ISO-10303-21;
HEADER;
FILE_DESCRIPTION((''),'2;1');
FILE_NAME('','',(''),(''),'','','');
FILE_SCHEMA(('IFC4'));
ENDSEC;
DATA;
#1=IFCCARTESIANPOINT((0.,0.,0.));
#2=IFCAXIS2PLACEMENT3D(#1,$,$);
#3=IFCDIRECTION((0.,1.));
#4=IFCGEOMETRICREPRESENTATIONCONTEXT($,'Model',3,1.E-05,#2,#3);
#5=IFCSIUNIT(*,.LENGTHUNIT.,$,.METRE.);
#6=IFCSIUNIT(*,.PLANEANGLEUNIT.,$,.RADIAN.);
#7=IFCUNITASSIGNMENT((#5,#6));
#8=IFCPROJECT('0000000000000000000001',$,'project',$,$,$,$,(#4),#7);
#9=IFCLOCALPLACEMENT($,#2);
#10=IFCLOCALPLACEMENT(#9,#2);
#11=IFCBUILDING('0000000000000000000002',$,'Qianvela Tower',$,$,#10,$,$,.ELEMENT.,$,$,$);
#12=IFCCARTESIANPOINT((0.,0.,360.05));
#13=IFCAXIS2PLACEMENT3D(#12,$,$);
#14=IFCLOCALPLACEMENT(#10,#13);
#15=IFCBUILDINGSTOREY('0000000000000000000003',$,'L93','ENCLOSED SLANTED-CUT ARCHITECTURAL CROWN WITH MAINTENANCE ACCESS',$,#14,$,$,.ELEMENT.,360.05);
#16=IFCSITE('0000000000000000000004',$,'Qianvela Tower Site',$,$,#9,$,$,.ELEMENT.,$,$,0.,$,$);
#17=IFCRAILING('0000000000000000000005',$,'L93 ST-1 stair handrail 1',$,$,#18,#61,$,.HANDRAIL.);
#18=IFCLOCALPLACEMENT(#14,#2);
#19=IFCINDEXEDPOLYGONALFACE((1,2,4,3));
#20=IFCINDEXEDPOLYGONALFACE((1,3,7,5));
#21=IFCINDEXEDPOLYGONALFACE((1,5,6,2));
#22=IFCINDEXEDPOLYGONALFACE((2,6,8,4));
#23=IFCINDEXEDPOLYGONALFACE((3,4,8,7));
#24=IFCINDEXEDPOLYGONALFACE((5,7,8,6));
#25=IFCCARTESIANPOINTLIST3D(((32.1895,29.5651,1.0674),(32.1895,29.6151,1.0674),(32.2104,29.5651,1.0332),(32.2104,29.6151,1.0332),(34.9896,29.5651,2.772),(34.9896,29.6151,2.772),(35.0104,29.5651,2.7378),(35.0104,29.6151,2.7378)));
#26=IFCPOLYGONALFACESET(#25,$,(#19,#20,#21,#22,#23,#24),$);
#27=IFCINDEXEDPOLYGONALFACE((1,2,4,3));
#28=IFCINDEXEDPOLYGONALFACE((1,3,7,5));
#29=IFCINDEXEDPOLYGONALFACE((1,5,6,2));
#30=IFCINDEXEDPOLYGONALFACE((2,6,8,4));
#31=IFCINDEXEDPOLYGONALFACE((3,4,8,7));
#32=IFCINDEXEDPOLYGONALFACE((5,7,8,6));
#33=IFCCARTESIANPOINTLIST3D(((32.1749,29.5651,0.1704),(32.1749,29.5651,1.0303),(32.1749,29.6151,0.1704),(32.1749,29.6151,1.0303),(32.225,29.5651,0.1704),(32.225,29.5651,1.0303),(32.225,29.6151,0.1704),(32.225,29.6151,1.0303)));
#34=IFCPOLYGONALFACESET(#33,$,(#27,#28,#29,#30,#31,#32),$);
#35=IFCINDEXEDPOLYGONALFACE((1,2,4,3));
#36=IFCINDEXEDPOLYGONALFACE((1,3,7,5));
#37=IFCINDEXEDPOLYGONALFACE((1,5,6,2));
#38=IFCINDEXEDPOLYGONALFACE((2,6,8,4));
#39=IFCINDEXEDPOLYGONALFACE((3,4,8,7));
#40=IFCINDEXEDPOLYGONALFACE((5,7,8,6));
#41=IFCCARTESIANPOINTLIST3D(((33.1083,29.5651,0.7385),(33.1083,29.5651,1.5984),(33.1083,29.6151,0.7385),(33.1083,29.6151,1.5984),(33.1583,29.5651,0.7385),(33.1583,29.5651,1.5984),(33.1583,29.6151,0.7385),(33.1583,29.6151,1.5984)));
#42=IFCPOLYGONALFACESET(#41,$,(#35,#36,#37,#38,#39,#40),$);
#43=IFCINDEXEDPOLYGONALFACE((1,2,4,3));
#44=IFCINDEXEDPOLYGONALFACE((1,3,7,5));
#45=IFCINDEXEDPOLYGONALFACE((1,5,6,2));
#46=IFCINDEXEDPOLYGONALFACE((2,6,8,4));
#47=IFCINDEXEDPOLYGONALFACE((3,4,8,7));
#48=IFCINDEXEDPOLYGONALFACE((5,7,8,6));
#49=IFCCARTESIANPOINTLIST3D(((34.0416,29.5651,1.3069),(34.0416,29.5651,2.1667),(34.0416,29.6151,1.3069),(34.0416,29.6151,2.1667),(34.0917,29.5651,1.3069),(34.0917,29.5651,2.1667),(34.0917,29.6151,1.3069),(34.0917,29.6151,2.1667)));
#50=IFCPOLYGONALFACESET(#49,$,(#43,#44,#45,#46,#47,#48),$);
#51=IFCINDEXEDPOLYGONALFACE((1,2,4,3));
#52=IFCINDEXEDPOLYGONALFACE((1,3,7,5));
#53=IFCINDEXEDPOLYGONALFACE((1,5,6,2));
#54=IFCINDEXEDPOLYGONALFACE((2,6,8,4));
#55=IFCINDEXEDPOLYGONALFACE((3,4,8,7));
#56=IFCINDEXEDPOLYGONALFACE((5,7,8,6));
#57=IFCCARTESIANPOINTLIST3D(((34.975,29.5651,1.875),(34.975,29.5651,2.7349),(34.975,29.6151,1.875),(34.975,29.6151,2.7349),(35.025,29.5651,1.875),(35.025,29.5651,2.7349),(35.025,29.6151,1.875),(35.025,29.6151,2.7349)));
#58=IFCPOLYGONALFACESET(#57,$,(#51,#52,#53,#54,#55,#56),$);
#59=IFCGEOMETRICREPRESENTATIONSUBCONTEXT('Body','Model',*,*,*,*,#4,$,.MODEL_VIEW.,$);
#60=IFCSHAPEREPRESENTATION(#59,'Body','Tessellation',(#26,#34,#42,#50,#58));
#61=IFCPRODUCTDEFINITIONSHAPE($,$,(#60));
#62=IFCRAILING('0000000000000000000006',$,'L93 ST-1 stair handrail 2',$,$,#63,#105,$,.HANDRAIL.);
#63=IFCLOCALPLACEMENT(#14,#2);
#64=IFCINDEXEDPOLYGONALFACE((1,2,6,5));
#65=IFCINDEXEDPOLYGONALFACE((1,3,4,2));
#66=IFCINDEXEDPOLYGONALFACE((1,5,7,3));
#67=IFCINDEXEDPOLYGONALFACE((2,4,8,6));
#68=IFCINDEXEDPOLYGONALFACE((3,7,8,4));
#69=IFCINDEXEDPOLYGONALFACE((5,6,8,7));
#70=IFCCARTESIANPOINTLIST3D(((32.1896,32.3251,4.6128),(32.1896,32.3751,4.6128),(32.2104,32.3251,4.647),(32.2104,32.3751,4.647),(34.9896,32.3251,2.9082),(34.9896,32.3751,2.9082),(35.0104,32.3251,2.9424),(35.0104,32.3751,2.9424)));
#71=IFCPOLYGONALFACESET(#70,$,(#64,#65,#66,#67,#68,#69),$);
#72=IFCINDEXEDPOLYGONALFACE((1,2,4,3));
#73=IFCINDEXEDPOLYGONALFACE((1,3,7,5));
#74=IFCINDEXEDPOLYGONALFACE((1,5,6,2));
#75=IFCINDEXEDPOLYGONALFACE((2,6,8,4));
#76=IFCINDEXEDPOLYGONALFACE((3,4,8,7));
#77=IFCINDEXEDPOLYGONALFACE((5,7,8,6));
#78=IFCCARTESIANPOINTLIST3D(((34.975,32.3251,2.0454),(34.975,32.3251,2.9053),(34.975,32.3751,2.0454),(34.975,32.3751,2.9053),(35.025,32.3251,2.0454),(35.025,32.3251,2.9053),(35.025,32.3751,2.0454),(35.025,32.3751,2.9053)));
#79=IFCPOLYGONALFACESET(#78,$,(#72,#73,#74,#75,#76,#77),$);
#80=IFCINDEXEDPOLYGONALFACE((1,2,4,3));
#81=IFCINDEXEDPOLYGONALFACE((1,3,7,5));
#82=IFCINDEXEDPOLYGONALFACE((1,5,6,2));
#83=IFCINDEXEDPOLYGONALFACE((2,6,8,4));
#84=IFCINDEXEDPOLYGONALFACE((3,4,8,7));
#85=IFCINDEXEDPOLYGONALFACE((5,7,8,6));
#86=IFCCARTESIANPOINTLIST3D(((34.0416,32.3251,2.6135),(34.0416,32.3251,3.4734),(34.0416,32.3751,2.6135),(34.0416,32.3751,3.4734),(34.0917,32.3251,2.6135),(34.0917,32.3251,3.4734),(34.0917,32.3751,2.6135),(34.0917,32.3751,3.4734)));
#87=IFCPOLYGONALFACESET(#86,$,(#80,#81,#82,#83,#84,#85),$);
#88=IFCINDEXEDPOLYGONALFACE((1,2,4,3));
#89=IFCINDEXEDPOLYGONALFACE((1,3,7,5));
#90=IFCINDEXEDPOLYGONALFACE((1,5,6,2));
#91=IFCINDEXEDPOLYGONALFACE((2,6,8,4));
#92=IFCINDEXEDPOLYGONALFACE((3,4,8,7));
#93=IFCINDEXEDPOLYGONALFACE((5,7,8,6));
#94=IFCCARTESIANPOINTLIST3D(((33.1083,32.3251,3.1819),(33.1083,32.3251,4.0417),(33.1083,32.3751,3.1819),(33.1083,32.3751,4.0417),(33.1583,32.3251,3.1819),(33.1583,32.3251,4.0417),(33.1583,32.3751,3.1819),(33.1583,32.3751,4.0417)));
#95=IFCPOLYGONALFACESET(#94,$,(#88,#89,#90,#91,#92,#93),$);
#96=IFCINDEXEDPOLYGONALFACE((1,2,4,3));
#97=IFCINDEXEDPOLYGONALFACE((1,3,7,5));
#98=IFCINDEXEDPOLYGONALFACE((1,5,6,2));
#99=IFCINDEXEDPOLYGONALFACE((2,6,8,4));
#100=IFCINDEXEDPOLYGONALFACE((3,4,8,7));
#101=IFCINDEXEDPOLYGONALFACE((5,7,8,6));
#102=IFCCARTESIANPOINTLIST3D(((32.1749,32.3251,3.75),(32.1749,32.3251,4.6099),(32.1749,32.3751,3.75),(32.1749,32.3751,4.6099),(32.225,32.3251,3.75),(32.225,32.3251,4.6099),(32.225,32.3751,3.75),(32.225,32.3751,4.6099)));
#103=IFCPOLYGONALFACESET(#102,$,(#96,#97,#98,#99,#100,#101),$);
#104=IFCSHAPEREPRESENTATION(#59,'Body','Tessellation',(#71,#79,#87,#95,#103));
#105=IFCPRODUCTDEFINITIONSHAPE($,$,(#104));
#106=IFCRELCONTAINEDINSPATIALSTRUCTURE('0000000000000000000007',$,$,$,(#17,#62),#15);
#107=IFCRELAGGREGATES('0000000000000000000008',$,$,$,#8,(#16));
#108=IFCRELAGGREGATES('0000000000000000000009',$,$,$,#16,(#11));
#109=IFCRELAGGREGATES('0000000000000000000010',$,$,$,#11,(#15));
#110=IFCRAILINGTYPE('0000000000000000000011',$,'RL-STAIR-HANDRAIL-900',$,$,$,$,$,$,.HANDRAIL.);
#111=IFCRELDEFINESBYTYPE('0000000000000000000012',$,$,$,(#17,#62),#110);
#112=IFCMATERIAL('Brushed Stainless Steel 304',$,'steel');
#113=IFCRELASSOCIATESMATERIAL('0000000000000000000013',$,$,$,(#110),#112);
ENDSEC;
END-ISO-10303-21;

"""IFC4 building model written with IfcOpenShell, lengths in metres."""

from ifc_helpers import new_model, si_unit, direction, frame, origin, origin_2d, place, context, subcontext, project, spatial, rectangle, extrude, material, type_object, element, save


model = new_model("IFC4")

# Units and contexts
model_context = context("Model", 3, precision=1e-05, world=origin(), true_north=direction((0.0, 1.0)))
body_context = subcontext(model_context, "Body", "Model", "MODEL_VIEW")
ifc_project = project(units=[si_unit("LENGTHUNIT", "METRE"), si_unit("PLANEANGLEUNIT", "RADIAN")], contexts=[model_context])

# Site, building, storey
site_placement = place(None, origin())
site = spatial("IfcSite", under=ifc_project, at=site_placement, Name="Qianvela Tower Site", CompositionType="ELEMENT", RefElevation=0.0)
building_placement = place(site_placement, origin())
building = spatial("IfcBuilding", under=site, at=building_placement, Name="Qianvela Tower", CompositionType="ELEMENT")
storey_placement = place(building_placement, frame((0.0, 0.0, 360.05)))
storey = spatial("IfcBuildingStorey", under=building, at=storey_placement, Name="L93", Description="ENCLOSED SLANTED-CUT ARCHITECTURAL CROWN WITH MAINTENANCE ACCESS", CompositionType="ELEMENT", Elevation=360.05)

# Railings
ifc_material_1 = material(Name="Brushed Stainless Steel 304", Category="steel")
railing_type_1 = type_object("IfcRailingType", Name="RL-STAIR-HANDRAIL-900", PredefinedType="HANDRAIL", material=ifc_material_1)
railing_1_placement = place(storey_placement, frame((32.2, 29.5901, 0.1704)))
element("IfcRailing", 1, at=railing_1_placement, inside=storey, type_object=railing_type_1, Name="L93 ST-1 stair handrail 1", PredefinedType="HANDRAIL", context=body_context, shape_type="SweptSolid", body=[
    extrude(rectangle(XDim=0.05, YDim=0.04, at=origin_2d()), frame((0.0, 0.0, 0.8799), z_axis=(0.85417, 0.0, 0.519994), x_axis=(0.0, 1.0, 0.0)), (0.0, 0.0, 1.0), 3.2781),
    extrude(rectangle(XDim=0.05, YDim=0.05, at=origin_2d()), origin(), (0.0, 0.0, 1.0), 0.8599),
    extrude(rectangle(XDim=0.05, YDim=0.05, at=origin_2d()), frame((0.9333, 0.0, 0.5681)), (0.0, 0.0, 1.0), 0.8599),
    extrude(rectangle(XDim=0.05, YDim=0.05, at=origin_2d()), frame((1.8667, 0.0, 1.1365)), (0.0, 0.0, 1.0), 0.8599),
    extrude(rectangle(XDim=0.05, YDim=0.05, at=origin_2d()), frame((2.8, 0.0, 1.7046)), (0.0, 0.0, 1.0), 0.8599),
])
railing_2_placement = place(storey_placement, frame((35.0, 32.3501, 2.0454)))
element("IfcRailing", 2, at=railing_2_placement, inside=storey, type_object=railing_type_1, Name="L93 ST-1 stair handrail 2", PredefinedType="HANDRAIL", context=body_context, shape_type="SweptSolid", body=[
    extrude(rectangle(XDim=0.05, YDim=0.04, at=origin_2d()), frame((0.0, 0.0, 0.8799), z_axis=(-0.85417, 0.0, 0.519994), x_axis=(0.0, -1.0, 0.0)), (0.0, 0.0, 1.0), 3.2781),
    extrude(rectangle(XDim=0.05, YDim=0.05, at=origin_2d()), origin(), (0.0, 0.0, 1.0), 0.8599),
    extrude(rectangle(XDim=0.05, YDim=0.05, at=origin_2d()), frame((-0.9333, 0.0, 0.5681)), (0.0, 0.0, 1.0), 0.8599),
    extrude(rectangle(XDim=0.05, YDim=0.05, at=origin_2d()), frame((-1.8667, 0.0, 1.1365)), (0.0, 0.0, 1.0), 0.8599),
    extrude(rectangle(XDim=0.05, YDim=0.05, at=origin_2d()), frame((-2.8, 0.0, 1.7046)), (0.0, 0.0, 1.0), 0.8599),
])

save(model, "model.ifc")
